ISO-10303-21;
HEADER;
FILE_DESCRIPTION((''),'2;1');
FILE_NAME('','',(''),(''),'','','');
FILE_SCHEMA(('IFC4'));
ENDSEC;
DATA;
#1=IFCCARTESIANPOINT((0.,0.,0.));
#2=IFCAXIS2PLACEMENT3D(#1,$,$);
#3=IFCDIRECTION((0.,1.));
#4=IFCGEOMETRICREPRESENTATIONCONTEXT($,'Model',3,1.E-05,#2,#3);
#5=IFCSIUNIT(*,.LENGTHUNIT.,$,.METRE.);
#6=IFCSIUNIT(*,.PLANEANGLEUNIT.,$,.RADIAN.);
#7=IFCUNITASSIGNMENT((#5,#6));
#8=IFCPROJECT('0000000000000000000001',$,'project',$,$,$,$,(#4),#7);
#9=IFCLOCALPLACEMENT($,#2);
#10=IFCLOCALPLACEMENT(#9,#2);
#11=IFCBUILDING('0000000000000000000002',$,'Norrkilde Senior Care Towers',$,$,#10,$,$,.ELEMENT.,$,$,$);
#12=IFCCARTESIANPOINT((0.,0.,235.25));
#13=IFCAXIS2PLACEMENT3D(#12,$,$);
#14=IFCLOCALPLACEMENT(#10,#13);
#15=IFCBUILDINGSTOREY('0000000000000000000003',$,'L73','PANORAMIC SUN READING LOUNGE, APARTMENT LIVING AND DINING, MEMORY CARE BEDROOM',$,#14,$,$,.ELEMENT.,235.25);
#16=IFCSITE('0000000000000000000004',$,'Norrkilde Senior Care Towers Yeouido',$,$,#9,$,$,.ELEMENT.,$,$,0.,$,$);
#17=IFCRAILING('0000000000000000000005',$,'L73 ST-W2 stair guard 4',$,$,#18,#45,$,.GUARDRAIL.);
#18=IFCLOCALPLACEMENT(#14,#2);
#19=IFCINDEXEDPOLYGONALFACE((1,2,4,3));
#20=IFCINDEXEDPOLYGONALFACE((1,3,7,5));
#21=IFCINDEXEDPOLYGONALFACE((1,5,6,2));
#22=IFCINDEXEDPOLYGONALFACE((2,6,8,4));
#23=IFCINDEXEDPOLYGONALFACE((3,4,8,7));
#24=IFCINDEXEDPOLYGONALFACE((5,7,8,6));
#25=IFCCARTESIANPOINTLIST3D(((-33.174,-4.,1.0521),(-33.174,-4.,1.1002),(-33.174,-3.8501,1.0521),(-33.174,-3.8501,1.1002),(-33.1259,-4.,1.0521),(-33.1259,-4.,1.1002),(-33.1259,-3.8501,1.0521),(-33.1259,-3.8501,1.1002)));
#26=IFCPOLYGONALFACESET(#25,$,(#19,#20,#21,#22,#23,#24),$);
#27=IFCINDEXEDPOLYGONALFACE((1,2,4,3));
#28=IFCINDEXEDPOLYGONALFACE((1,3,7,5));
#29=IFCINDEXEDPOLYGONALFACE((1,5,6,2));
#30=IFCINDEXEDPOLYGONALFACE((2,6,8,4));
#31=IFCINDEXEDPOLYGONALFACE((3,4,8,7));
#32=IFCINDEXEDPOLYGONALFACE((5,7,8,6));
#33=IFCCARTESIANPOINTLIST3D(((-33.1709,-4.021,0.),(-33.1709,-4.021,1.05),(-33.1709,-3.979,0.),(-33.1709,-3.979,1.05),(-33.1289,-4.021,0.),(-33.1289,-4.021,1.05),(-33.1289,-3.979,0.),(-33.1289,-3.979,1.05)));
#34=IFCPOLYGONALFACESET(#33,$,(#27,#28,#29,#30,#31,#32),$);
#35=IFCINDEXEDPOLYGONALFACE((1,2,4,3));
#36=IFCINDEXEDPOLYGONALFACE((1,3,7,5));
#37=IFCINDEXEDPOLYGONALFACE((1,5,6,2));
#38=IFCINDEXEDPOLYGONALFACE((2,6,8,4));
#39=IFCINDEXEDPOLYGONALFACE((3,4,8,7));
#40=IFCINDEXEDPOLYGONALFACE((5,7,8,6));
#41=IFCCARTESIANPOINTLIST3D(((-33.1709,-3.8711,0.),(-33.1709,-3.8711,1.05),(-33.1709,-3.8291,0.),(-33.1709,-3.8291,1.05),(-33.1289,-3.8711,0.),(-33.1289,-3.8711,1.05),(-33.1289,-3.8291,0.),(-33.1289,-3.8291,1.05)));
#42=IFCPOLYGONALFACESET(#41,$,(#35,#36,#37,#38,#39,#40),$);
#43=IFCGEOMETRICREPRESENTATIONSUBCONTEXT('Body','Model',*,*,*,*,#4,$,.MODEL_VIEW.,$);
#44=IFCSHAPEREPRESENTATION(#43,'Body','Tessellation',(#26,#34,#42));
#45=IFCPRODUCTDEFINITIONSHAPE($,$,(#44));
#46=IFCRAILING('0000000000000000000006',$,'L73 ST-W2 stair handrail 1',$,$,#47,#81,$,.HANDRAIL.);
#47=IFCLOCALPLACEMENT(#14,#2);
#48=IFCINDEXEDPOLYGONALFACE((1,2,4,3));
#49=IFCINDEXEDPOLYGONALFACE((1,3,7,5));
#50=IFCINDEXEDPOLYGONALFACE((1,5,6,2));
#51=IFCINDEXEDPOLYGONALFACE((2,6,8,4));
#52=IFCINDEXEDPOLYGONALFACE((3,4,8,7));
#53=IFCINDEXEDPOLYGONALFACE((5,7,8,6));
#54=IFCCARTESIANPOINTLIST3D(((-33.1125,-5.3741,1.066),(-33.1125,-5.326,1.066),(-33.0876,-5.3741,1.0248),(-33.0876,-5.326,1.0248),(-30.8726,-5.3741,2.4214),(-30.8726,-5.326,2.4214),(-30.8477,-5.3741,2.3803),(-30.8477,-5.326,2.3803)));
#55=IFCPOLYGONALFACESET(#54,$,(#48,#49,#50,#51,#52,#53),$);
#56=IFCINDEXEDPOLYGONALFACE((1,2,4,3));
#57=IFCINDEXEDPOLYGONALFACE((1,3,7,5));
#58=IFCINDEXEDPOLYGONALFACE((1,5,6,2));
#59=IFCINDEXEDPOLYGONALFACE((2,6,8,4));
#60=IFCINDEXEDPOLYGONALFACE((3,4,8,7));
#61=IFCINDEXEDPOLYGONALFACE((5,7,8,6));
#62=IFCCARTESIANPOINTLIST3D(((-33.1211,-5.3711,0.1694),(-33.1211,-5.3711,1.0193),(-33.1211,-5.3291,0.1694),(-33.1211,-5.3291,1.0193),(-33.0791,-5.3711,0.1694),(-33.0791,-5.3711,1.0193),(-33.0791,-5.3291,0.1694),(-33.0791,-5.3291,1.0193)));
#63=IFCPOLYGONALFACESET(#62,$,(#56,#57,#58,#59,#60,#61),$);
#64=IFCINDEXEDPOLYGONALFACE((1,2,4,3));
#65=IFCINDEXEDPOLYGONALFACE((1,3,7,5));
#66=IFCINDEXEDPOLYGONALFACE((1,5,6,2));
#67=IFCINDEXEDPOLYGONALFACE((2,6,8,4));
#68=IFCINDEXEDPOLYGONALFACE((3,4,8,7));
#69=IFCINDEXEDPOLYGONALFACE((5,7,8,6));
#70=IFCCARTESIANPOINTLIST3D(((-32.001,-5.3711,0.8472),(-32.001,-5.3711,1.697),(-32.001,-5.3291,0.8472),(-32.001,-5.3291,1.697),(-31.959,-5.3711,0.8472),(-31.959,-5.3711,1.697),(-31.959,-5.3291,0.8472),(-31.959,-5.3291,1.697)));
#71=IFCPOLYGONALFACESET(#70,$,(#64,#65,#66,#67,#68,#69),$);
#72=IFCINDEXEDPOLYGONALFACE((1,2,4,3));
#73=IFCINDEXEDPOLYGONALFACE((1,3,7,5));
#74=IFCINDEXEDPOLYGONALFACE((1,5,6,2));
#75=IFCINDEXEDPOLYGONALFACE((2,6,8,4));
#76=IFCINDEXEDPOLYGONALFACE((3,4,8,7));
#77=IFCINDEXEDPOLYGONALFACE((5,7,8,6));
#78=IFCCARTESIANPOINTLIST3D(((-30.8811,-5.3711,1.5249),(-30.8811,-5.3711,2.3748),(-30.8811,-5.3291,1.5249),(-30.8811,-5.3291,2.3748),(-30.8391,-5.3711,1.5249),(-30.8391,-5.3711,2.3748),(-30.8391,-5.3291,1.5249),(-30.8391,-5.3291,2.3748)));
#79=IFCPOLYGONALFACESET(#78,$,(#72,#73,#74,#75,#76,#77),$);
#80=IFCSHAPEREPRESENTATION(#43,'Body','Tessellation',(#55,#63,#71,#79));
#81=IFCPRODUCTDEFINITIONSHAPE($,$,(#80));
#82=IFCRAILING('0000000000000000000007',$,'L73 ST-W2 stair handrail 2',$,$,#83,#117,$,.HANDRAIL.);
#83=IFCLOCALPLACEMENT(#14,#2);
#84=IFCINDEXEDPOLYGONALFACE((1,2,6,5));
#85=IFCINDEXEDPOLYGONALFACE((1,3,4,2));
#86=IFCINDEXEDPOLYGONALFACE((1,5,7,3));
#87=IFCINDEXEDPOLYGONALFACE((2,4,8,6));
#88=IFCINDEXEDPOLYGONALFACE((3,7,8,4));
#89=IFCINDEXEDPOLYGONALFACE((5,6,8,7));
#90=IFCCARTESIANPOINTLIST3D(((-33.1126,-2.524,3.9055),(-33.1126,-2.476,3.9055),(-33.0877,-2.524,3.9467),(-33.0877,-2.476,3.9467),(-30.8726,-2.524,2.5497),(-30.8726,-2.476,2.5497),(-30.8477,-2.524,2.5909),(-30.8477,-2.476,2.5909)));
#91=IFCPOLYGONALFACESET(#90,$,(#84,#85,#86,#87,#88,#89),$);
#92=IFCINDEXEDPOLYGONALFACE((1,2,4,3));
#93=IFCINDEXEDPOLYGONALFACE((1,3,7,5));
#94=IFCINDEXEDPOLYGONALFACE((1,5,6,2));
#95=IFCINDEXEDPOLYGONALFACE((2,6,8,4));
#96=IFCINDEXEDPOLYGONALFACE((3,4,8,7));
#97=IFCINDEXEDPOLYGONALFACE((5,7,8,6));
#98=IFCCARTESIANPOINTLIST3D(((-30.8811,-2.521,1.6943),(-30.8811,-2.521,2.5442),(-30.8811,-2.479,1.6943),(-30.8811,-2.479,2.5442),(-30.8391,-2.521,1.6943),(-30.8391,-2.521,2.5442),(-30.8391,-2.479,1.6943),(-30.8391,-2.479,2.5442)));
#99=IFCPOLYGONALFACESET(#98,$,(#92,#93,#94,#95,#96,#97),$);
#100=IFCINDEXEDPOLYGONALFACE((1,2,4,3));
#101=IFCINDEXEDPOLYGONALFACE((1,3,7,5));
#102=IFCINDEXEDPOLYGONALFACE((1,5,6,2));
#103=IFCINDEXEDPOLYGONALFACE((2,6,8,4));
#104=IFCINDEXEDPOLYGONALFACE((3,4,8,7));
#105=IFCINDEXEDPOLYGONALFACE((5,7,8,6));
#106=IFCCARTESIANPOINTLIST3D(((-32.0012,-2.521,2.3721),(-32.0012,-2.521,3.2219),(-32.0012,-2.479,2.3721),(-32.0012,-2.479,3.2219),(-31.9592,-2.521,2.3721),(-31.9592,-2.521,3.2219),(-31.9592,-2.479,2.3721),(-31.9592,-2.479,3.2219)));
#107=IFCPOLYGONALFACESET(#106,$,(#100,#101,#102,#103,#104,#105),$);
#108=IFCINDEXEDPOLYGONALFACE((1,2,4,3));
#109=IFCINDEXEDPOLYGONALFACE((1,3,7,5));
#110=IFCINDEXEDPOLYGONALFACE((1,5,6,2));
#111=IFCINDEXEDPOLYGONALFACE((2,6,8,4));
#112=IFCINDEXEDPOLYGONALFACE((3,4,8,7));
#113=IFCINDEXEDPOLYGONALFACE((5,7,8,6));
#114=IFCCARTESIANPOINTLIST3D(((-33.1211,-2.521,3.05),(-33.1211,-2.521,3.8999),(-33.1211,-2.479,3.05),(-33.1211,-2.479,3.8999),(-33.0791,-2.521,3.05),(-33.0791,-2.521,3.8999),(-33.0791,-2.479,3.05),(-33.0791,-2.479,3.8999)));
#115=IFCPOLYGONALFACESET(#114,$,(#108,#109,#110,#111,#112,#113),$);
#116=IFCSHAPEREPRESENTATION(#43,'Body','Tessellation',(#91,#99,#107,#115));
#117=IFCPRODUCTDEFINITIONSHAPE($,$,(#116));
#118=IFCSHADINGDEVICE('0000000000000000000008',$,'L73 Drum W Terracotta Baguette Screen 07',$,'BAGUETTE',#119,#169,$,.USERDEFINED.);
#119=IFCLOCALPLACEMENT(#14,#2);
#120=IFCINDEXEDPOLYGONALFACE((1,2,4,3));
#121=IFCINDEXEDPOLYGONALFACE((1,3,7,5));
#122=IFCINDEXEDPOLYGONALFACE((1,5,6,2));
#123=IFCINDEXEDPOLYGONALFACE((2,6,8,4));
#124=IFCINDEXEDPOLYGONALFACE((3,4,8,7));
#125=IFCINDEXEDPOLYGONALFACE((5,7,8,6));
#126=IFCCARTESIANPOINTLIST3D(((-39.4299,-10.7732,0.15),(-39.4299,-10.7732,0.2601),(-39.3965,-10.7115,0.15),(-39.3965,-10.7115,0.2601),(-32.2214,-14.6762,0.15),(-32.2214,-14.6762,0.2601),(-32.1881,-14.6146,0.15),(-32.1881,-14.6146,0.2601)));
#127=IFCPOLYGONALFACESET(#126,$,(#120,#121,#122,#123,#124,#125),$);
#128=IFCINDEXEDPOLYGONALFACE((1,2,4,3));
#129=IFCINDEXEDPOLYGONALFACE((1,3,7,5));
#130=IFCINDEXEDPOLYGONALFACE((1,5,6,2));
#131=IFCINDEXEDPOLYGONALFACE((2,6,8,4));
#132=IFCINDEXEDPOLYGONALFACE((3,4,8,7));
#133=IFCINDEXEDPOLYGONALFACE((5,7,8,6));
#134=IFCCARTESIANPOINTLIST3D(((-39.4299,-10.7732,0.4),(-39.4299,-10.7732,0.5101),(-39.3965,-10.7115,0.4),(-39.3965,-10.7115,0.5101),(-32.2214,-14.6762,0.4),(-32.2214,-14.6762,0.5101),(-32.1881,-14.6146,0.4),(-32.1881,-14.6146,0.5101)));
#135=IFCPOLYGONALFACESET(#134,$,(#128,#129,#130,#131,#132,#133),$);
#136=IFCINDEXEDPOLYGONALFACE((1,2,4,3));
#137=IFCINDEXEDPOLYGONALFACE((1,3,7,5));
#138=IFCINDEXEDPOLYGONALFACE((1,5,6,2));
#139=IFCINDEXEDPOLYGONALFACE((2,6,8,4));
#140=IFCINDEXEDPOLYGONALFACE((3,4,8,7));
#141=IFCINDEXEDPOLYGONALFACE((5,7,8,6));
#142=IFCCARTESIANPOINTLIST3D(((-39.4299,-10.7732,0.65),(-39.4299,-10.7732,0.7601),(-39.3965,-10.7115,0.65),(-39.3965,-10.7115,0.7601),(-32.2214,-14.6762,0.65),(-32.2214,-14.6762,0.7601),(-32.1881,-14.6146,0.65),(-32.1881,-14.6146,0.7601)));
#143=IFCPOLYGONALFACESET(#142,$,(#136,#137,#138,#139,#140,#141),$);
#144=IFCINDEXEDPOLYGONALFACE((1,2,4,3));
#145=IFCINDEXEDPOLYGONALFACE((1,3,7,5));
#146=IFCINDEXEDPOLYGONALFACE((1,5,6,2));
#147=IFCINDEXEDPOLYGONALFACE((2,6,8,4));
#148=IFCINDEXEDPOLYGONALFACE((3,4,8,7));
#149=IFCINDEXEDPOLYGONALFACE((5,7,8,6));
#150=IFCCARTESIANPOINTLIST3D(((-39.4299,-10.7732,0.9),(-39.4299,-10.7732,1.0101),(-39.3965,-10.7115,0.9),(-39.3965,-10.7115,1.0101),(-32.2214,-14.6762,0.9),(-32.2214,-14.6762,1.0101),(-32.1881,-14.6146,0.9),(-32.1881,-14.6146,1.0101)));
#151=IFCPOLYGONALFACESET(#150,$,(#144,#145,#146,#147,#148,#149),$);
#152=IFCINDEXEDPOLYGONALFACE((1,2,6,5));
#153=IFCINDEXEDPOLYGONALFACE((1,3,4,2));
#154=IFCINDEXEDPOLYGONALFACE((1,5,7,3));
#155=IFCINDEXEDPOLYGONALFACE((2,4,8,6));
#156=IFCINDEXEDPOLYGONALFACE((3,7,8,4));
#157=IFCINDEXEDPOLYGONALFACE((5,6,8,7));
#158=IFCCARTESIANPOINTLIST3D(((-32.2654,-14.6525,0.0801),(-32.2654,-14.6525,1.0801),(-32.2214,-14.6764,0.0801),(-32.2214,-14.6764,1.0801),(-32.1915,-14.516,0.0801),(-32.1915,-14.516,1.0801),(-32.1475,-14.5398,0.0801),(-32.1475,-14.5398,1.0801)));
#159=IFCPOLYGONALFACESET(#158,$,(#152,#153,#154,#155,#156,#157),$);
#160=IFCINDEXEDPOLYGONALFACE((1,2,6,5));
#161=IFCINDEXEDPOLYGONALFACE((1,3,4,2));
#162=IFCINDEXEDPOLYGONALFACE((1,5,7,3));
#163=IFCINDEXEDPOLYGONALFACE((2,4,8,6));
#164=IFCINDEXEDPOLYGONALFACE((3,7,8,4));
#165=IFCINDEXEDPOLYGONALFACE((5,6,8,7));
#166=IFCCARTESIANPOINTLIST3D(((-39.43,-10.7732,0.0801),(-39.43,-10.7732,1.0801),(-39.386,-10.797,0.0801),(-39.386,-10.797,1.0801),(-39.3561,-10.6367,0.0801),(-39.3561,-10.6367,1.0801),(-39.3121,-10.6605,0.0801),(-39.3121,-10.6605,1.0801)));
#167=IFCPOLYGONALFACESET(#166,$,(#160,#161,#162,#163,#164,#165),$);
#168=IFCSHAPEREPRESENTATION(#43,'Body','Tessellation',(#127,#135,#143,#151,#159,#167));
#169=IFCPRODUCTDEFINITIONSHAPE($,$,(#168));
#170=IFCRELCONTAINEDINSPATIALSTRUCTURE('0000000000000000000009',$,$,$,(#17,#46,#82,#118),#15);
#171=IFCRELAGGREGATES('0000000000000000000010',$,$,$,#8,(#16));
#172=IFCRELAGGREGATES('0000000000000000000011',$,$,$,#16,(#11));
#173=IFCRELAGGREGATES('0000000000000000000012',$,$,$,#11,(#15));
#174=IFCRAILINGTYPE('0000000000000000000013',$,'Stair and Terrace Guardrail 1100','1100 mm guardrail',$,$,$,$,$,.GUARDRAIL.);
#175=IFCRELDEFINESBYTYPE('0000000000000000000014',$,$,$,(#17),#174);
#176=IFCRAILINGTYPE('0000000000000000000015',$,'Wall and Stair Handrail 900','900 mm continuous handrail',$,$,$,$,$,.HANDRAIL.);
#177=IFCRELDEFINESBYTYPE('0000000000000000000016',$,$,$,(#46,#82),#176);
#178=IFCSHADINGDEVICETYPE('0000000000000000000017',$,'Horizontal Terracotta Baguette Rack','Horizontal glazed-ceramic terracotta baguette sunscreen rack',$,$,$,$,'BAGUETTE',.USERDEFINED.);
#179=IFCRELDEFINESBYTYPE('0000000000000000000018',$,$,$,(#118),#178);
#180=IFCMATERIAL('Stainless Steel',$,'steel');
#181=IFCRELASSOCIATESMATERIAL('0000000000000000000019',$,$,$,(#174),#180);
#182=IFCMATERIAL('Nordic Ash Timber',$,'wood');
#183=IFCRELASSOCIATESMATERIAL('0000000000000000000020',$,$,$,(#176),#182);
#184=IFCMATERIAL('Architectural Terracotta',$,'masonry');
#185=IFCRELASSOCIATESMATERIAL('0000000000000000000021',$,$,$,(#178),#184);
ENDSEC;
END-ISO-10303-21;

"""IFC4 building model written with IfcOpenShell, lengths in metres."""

from ifc_helpers import new_model, si_unit, direction, frame, origin, origin_2d, place, context, subcontext, project, spatial, rectangle, extrude, source, transform, mapped, material, type_object, type_shapes, element, save


model = new_model("IFC4")

# Units and contexts
model_context = context("Model", 3, precision=1e-05, world=origin(), true_north=direction((0.0, 1.0)))
body_context = subcontext(model_context, "Body", "Model", "MODEL_VIEW")
ifc_project = project(units=[si_unit("LENGTHUNIT", "METRE"), si_unit("PLANEANGLEUNIT", "RADIAN")], contexts=[model_context])

# Site, building, storey
site_placement = place(None, origin())
site = spatial("IfcSite", under=ifc_project, at=site_placement, Name="Norrkilde Senior Care Towers Yeouido", CompositionType="ELEMENT", RefElevation=0.0)
building_placement = place(site_placement, origin())
building = spatial("IfcBuilding", under=site, at=building_placement, Name="Norrkilde Senior Care Towers", CompositionType="ELEMENT")
storey_placement = place(building_placement, frame((0.0, 0.0, 235.25)))
storey = spatial("IfcBuildingStorey", under=building, at=storey_placement, Name="L73", Description="PANORAMIC SUN READING LOUNGE, APARTMENT LIVING AND DINING, MEMORY CARE BEDROOM", CompositionType="ELEMENT", Elevation=235.25)

# Railings
ifc_material_1 = material(Name="Stainless Steel", Category="steel")
railing_type_1 = type_object("IfcRailingType", Name="Stair and Terrace Guardrail 1100", Description="1100 mm guardrail", PredefinedType="GUARDRAIL", material=ifc_material_1)
railing_1_placement = place(storey_placement, frame((-33.1499, -4.0, 0.0)))
element("IfcRailing", 1, at=railing_1_placement, inside=storey, type_object=railing_type_1, Name="L73 ST-W2 stair guard 4", PredefinedType="GUARDRAIL", context=body_context, shape_type="SweptSolid", body=[
    extrude(rectangle(XDim=0.0481, YDim=0.0481, at=origin_2d()), frame((0.0, 0.0, 1.0762), z_axis=(0.0, 1.0, 0.0), x_axis=(-1.0, 0.0, 0.0)), (0.0, 0.0, 1.0), 0.1499),
    extrude(rectangle(XDim=0.042, YDim=0.042, at=origin_2d()), origin(), (0.0, 0.0, 1.0), 1.05),
    extrude(rectangle(XDim=0.042, YDim=0.042, at=origin_2d()), frame((0.0, 0.1499, 0.0)), (0.0, 0.0, 1.0), 1.05),
])
ifc_material_2 = material(Name="Nordic Ash Timber", Category="wood")
railing_type_2 = type_object("IfcRailingType", Name="Wall and Stair Handrail 900", Description="900 mm continuous handrail", PredefinedType="HANDRAIL", material=ifc_material_2)
railing_2_placement = place(storey_placement, frame((-33.1001, -5.3501, 0.1694)))
element("IfcRailing", 2, at=railing_2_placement, inside=storey, type_object=railing_type_2, Name="L73 ST-W2 stair handrail 1", PredefinedType="HANDRAIL", context=body_context, shape_type="SweptSolid", body=[
    extrude(rectangle(XDim=0.0481, YDim=0.0481, at=origin_2d()), frame((0.0, 0.0, 0.876), z_axis=(0.855553, 0.0, 0.517715), x_axis=(0.0, 1.0, 0.0)), (0.0, 0.0, 1.0), 2.6182),
    extrude(rectangle(XDim=0.042, YDim=0.042, at=origin_2d()), origin(), (0.0, 0.0, 1.0), 0.8499),
    extrude(rectangle(XDim=0.042, YDim=0.042, at=origin_2d()), frame((1.1201, 0.0, 0.6777)), (0.0, 0.0, 1.0), 0.8499),
    extrude(rectangle(XDim=0.042, YDim=0.042, at=origin_2d()), frame((2.24, 0.0, 1.3555)), (0.0, 0.0, 1.0), 0.8499),
])
railing_3_placement = place(storey_placement, frame((-30.8601, -2.5, 1.6943)))
element("IfcRailing", 3, at=railing_3_placement, inside=storey, type_object=railing_type_2, Name="L73 ST-W2 stair handrail 2", PredefinedType="HANDRAIL", context=body_context, shape_type="SweptSolid", body=[
    extrude(rectangle(XDim=0.0481, YDim=0.0481, at=origin_2d()), frame((0.0, 0.0, 0.876), z_axis=(-0.855512, 0.0, 0.517783), x_axis=(0.0, -1.0, 0.0)), (0.0, 0.0, 1.0), 2.6184),
    extrude(rectangle(XDim=0.042, YDim=0.042, at=origin_2d()), origin(), (0.0, 0.0, 1.0), 0.8499),
    extrude(rectangle(XDim=0.042, YDim=0.042, at=origin_2d()), frame((-1.1201, 0.0, 0.6777)), (0.0, 0.0, 1.0), 0.8499),
    extrude(rectangle(XDim=0.042, YDim=0.042, at=origin_2d()), frame((-2.24, 0.0, 1.3557)), (0.0, 0.0, 1.0), 0.8499),
])

# Shading device
ifc_material_3 = material(Name="Architectural Terracotta", Category="masonry")
shading_device_type = type_object("IfcShadingDeviceType", Name="Horizontal Terracotta Baguette Rack", Description="Horizontal glazed-ceramic terracotta baguette sunscreen rack", ElementType="BAGUETTE", PredefinedType="USERDEFINED", material=ifc_material_3)
shared_shape_1 = source(origin(), body_context, "Body", "SweptSolid", [
    extrude(rectangle(XDim=0.0701, YDim=0.1101, at=origin_2d()), frame((0.0, 0.0901, 0.125), z_axis=(1.0, 0.0, 0.0), x_axis=(0.0, 1.0, 0.0)), (0.0, 0.0, 1.0), 8.1973),
    extrude(rectangle(XDim=0.0701, YDim=0.1101, at=origin_2d()), frame((0.0, 0.0901, 0.375), z_axis=(1.0, 0.0, 0.0), x_axis=(0.0, 1.0, 0.0)), (0.0, 0.0, 1.0), 8.1973),
    extrude(rectangle(XDim=0.0701, YDim=0.1101, at=origin_2d()), frame((0.0, 0.0901, 0.625), z_axis=(1.0, 0.0, 0.0), x_axis=(0.0, 1.0, 0.0)), (0.0, 0.0, 1.0), 8.1973),
    extrude(rectangle(XDim=0.0701, YDim=0.1101, at=origin_2d()), frame((0.0, 0.0901, 0.875), z_axis=(1.0, 0.0, 0.0), x_axis=(0.0, 1.0, 0.0)), (0.0, 0.0, 1.0), 8.1973),
    extrude(rectangle(XDim=0.05, YDim=0.1553, at=origin_2d()), frame((0.0249, 0.0476, 0.0)), (0.0, 0.0, 1.0), 1.0),
    extrude(rectangle(XDim=0.05, YDim=0.1553, at=origin_2d()), frame((8.1724, 0.0476, 0.0)), (0.0, 0.0, 1.0), 1.0),
])
type_shapes(shading_device_type, [shared_shape_1])
shading_device_placement = place(storey_placement, frame((-32.1619, -14.5662, 0.0801), z_axis=(0.0, 0.0, 1.0), x_axis=(-0.879378, 0.476144, 0.0)))
element("IfcShadingDevice", 4, at=shading_device_placement, inside=storey, type_object=shading_device_type, Name="L73 Drum W Terracotta Baguette Screen 07", ObjectType="BAGUETTE", PredefinedType="USERDEFINED", context=body_context, shape_type="MappedRepresentation", body=[
    mapped(shared_shape_1, transform((0.0, 0.0, 0.0), x_axis=(1.0, 0.0, 0.0), y_axis=(0.0, 1.0, 0.0), z_axis=(0.0, 0.0, 1.0), scale=1.0)),
])

save(model, "model.ifc")
